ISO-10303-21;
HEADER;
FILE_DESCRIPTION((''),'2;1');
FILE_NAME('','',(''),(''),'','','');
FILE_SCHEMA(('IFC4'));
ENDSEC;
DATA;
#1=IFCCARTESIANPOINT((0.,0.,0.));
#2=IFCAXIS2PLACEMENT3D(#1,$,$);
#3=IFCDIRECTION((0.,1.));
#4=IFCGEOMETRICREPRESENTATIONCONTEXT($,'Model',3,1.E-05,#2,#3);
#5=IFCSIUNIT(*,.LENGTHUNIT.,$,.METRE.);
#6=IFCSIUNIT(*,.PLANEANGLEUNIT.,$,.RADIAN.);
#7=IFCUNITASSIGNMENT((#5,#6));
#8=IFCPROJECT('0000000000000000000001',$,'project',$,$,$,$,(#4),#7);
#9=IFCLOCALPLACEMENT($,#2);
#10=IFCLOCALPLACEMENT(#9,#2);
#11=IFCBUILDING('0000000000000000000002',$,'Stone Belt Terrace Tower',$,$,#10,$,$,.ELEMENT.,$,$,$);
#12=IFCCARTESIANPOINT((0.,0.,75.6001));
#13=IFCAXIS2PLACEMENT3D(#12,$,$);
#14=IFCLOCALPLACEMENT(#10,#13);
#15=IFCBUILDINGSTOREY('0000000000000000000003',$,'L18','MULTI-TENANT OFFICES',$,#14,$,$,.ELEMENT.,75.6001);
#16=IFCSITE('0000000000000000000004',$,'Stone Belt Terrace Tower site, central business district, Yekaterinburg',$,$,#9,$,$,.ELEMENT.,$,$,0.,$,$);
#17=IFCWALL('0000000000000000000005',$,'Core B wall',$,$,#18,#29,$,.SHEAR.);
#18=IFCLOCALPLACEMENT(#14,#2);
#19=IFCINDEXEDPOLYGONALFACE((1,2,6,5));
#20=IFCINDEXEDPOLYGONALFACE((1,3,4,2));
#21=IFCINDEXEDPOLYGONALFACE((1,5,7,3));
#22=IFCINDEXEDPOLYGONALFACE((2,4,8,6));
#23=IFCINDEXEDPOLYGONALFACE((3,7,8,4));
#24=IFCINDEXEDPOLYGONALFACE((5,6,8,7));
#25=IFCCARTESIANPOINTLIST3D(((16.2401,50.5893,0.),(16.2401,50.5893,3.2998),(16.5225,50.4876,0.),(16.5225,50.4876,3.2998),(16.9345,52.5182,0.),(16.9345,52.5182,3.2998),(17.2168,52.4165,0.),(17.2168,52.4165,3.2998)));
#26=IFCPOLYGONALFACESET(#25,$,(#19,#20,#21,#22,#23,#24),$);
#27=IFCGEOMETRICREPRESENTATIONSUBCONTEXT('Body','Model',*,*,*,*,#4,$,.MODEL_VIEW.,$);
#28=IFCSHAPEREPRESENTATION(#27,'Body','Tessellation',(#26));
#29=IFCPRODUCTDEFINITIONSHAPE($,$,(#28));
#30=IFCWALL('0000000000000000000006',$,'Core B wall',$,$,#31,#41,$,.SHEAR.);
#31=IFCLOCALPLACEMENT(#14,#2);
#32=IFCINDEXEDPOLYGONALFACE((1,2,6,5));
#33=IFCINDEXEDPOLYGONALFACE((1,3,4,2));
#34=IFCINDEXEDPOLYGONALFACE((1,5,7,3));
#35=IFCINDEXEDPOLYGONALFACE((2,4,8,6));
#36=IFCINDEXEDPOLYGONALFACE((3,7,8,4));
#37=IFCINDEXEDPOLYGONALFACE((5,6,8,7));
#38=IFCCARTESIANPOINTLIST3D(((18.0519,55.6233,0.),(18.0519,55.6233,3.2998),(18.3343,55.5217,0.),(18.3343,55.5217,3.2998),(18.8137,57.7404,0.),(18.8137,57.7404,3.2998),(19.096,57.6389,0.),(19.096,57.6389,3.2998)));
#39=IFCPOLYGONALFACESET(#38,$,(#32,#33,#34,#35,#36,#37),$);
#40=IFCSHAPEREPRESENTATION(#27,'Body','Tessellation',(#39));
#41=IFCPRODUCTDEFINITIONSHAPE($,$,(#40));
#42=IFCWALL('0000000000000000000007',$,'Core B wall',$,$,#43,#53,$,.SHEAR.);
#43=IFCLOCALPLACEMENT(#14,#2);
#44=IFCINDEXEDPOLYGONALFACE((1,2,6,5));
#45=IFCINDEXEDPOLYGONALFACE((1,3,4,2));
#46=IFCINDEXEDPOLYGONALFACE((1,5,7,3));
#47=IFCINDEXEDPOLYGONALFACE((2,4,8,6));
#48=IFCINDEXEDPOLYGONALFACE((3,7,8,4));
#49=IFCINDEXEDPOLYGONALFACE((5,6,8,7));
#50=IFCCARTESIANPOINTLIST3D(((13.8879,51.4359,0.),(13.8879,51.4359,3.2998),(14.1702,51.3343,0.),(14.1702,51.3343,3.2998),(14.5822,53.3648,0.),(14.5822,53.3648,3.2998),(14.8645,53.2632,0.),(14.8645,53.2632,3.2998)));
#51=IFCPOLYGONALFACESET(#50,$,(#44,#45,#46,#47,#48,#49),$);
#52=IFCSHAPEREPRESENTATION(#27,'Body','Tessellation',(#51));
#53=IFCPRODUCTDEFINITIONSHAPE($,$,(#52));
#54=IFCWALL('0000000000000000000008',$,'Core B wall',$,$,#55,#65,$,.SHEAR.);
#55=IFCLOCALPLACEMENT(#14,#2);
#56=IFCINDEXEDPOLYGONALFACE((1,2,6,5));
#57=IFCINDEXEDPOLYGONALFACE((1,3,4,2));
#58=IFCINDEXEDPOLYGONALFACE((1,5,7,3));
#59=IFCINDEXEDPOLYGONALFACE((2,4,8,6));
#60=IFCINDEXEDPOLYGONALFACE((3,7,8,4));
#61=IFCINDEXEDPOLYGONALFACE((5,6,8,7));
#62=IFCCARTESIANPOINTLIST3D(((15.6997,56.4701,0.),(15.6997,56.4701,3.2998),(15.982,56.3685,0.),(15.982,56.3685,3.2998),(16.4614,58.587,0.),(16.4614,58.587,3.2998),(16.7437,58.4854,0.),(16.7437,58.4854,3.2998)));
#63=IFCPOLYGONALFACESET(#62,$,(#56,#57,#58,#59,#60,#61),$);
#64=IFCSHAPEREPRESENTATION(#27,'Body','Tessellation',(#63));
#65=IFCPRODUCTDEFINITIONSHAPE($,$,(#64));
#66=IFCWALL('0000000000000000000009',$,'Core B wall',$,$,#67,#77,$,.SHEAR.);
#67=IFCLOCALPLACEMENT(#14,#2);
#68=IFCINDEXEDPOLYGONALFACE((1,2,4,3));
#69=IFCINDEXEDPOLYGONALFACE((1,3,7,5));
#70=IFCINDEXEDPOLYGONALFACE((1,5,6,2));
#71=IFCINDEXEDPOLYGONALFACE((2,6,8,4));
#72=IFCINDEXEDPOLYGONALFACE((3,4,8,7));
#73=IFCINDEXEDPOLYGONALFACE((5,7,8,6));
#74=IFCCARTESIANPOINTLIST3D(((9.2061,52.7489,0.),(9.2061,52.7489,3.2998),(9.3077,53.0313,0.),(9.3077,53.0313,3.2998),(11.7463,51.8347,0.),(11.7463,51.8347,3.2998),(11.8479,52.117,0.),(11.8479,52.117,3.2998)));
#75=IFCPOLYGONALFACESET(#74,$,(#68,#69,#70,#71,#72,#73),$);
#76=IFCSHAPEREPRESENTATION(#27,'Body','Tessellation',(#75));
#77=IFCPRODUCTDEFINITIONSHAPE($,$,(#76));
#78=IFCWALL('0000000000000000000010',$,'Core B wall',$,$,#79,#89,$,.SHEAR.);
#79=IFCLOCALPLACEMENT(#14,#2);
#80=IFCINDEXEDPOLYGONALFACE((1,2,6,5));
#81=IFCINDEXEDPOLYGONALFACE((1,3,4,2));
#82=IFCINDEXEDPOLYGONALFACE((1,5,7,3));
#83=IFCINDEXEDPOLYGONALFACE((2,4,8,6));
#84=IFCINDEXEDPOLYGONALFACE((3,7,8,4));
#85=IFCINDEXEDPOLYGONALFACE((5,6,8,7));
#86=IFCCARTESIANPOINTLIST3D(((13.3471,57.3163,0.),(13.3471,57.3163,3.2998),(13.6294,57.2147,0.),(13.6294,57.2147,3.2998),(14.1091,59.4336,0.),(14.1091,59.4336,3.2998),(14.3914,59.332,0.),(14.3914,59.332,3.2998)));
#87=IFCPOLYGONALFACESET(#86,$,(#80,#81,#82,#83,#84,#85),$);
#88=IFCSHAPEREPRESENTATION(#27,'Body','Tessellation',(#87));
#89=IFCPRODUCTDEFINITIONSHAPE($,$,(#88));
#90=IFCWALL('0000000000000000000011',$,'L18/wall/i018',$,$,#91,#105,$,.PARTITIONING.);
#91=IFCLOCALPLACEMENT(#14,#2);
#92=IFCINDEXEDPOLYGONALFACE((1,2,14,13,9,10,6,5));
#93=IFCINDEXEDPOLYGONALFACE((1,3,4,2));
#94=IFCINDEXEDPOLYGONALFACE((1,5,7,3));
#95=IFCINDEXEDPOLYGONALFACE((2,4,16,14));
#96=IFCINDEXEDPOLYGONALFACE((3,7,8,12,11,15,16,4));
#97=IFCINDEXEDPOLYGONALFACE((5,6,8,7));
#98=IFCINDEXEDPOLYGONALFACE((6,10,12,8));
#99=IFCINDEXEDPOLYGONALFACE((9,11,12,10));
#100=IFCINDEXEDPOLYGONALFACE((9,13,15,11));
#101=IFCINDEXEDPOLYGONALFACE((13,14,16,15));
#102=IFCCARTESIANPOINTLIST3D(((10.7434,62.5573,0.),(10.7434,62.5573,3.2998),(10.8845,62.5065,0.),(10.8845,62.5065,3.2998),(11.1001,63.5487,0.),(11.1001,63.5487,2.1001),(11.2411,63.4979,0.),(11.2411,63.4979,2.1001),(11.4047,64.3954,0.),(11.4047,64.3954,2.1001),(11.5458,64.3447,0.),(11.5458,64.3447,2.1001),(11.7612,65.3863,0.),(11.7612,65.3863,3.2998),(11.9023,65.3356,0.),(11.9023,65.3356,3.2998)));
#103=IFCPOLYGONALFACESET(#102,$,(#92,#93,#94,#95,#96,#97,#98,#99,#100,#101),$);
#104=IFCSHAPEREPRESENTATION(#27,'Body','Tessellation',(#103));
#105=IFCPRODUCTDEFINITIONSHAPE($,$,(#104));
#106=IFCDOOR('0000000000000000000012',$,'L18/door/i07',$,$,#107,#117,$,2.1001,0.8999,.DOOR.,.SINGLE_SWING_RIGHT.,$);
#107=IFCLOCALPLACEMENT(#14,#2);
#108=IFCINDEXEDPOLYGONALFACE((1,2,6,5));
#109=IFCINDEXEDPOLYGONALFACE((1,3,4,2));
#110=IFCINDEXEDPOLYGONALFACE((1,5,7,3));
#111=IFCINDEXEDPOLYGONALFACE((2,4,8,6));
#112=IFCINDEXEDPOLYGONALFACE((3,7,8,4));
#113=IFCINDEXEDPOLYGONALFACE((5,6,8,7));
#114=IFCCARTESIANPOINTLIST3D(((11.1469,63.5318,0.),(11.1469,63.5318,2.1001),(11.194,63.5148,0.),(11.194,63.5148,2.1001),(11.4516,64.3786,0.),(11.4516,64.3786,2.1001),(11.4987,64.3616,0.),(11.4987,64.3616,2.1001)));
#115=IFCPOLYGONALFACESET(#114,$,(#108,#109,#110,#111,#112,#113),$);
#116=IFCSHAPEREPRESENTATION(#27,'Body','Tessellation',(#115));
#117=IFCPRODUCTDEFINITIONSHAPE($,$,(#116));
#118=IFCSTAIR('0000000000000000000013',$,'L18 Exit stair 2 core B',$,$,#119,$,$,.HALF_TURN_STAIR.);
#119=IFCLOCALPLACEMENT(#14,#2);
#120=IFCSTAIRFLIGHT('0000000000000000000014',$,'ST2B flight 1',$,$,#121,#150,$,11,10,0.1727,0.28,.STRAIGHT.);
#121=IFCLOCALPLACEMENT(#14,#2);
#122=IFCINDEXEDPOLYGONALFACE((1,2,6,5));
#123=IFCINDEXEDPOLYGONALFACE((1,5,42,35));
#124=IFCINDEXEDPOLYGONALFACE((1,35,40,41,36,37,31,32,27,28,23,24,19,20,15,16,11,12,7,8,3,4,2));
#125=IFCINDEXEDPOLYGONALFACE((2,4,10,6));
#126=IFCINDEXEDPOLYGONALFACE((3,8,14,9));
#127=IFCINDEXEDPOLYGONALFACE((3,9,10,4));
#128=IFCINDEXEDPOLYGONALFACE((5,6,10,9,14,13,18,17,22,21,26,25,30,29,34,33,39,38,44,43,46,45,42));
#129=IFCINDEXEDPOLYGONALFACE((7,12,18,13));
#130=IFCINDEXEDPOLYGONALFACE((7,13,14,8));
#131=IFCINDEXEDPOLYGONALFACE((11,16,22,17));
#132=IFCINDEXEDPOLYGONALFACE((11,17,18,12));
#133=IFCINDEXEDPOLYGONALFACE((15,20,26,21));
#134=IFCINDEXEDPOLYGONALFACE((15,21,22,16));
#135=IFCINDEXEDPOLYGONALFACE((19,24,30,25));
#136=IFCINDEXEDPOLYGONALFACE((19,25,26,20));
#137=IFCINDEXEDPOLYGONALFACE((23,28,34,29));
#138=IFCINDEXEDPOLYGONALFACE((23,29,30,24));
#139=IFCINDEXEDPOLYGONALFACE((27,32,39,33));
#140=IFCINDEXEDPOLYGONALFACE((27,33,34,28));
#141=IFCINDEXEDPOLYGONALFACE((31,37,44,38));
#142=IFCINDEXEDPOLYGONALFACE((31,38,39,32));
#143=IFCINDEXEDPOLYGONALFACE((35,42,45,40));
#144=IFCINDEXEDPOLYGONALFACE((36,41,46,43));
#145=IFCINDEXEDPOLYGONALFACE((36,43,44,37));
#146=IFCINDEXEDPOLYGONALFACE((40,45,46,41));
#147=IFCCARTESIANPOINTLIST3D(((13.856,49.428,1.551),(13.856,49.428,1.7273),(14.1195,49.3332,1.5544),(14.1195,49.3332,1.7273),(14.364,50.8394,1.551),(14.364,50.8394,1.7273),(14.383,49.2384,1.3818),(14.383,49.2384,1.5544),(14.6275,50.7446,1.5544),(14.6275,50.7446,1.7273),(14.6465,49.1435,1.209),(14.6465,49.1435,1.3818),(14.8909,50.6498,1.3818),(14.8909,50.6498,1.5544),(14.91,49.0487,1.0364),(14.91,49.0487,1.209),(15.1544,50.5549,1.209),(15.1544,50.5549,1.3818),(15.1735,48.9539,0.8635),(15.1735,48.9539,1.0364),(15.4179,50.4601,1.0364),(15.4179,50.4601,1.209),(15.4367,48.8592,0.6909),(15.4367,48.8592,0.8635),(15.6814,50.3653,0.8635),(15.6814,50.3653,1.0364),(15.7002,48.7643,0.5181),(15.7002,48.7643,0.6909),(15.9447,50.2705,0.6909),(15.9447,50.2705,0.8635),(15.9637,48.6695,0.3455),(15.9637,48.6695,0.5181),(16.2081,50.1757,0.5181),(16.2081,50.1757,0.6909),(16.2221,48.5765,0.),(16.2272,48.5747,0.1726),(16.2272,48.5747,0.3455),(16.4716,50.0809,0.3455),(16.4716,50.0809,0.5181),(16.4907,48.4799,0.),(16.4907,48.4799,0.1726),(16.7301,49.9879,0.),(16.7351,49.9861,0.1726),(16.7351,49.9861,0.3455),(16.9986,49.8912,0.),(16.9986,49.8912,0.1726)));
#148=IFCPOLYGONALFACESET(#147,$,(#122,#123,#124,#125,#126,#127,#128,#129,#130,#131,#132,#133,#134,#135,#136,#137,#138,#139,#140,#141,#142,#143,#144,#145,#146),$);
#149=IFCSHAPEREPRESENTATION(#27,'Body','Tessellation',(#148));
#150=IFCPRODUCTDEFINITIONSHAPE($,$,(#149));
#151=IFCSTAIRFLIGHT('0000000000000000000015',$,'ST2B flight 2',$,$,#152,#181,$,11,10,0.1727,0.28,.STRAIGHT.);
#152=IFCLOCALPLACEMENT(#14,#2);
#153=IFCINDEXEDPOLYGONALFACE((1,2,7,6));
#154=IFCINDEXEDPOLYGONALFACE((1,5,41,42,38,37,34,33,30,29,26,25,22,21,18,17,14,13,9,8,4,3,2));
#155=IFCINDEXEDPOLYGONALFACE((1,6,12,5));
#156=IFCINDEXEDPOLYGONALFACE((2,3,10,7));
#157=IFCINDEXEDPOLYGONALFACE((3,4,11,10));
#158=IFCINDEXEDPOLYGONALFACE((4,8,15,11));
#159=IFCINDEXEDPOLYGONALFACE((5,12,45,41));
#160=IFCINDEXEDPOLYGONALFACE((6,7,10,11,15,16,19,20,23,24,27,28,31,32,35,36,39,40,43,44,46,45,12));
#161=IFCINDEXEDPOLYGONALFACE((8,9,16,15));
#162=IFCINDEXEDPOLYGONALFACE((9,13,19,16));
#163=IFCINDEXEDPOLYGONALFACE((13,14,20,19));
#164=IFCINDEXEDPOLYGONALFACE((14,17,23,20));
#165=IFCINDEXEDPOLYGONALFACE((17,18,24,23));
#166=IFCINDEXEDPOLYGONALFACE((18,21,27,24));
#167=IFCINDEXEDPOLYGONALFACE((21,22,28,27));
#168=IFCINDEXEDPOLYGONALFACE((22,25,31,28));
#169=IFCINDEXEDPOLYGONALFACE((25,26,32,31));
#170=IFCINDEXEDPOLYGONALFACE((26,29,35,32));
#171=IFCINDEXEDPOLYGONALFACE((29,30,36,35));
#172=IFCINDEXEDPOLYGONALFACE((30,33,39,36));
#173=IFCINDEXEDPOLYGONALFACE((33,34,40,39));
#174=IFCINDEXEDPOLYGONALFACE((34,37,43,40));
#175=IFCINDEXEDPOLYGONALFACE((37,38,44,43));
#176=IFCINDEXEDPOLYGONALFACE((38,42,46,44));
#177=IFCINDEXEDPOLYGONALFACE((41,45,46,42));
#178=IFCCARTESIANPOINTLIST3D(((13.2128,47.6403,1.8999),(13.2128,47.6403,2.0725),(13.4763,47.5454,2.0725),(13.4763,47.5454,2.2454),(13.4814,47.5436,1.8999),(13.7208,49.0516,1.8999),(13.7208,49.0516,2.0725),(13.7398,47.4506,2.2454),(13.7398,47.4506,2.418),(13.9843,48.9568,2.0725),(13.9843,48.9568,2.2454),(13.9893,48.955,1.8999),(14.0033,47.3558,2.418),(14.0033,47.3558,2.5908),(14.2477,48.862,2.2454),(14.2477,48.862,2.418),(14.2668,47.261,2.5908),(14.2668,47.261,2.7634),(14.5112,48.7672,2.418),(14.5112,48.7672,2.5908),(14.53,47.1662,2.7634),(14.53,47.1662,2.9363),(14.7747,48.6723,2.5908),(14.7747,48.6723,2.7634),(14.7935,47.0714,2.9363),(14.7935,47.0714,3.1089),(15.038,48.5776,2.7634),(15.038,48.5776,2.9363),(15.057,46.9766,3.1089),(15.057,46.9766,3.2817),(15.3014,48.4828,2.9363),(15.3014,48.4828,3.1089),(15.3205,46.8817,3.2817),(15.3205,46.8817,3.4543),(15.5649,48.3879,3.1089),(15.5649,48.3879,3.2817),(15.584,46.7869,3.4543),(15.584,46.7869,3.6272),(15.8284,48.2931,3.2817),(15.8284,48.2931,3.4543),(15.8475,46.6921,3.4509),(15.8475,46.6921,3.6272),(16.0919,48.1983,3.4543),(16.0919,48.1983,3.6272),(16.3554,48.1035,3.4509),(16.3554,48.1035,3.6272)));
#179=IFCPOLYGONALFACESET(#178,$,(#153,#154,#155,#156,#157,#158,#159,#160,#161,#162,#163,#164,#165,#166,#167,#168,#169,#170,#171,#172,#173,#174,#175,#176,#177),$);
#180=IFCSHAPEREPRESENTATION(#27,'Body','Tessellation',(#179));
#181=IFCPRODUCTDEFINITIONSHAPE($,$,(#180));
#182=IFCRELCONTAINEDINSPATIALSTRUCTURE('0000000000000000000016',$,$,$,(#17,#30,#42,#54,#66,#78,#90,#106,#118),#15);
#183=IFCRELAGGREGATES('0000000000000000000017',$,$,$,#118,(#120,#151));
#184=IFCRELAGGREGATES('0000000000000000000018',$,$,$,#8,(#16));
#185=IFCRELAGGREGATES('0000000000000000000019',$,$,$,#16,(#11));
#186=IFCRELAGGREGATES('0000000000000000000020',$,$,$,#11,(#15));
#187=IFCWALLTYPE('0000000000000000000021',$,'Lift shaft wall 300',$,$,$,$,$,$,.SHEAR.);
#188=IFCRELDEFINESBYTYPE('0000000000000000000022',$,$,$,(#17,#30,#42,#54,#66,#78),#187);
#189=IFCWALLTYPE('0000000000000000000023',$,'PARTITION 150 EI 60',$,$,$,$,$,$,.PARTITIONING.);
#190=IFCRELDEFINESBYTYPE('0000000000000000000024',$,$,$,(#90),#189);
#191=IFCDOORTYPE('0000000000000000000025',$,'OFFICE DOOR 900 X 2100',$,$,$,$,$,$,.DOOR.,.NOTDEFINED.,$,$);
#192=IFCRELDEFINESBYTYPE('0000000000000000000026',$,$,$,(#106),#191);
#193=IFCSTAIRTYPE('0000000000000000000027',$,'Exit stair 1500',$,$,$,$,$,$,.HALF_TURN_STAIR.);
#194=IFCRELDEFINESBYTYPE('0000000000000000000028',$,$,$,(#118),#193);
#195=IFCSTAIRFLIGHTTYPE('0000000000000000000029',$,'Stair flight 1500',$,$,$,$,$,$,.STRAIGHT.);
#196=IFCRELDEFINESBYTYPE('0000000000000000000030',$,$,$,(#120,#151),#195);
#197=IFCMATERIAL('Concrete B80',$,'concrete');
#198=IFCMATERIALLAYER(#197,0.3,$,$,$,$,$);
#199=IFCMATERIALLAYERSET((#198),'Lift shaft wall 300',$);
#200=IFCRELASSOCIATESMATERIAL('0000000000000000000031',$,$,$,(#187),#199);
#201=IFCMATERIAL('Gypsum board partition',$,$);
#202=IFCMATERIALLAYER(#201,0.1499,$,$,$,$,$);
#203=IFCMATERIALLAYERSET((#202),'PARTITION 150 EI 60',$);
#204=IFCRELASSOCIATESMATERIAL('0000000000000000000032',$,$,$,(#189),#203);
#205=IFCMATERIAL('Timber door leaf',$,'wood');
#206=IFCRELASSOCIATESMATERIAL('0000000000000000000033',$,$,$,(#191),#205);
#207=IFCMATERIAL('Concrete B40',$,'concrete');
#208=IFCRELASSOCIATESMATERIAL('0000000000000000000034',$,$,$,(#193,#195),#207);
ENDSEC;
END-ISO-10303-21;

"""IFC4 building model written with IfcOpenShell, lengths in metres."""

from ifc_helpers import new_model, si_unit, direction, frame, frame_2d, origin, place, context, subcontext, project, spatial, polyline, rectangle, outline, extrude, material, layer, layer_set, type_object, element, fill, aggregate, save


model = new_model("IFC4")

# Units and contexts
model_context = context("Model", 3, precision=1e-05, world=origin(), true_north=direction((0.0, 1.0)))
body_context = subcontext(model_context, "Body", "Model", "MODEL_VIEW")
ifc_project = project(units=[si_unit("LENGTHUNIT", "METRE"), si_unit("PLANEANGLEUNIT", "RADIAN")], contexts=[model_context])

# Site, building, storey
site_placement = place(None, origin())
site = spatial("IfcSite", under=ifc_project, at=site_placement, Name="Stone Belt Terrace Tower site, central business district, Yekaterinburg", CompositionType="ELEMENT", RefElevation=0.0)
building_placement = place(site_placement, origin())
building = spatial("IfcBuilding", under=site, at=building_placement, Name="Stone Belt Terrace Tower", CompositionType="ELEMENT")
storey_placement = place(building_placement, frame((0.0, 0.0, 75.6001)))
storey = spatial("IfcBuildingStorey", under=building, at=storey_placement, Name="L18", Description="MULTI-TENANT OFFICES", CompositionType="ELEMENT", Elevation=75.6001)

# Shared definitions
ifc_material_1 = material(Name="Concrete B80", Category="concrete")

# Walls
ifc_layer_1 = layer(ifc_material_1, 0.3)
ifc_layer_set_1 = layer_set([ifc_layer_1], Name="Lift shaft wall 300")
wall_type_1 = type_object("IfcWallType", Name="Lift shaft wall 300", PredefinedType="SHEAR", material=ifc_layer_set_1)
wall_1_placement = place(storey_placement, frame((16.3813, 50.5386, 0.0), z_axis=(0.0, 0.0, 1.0), x_axis=(0.338682, 0.940901, 0.0)))
element("IfcWall", 1, at=wall_1_placement, inside=storey, type_object=wall_type_1, Name="Core B wall", PredefinedType="SHEAR", context=body_context, shape_type="SweptSolid", body=[
    extrude(rectangle(XDim=2.05, YDim=0.3, at=frame_2d((1.0249, 0.0))), origin(), (0.0, 0.0, 1.0), 3.2998),
])
wall_2_placement = place(storey_placement, frame((18.1931, 55.5725, 0.0), z_axis=(0.0, 0.0, 1.0), x_axis=(0.338535, 0.940954, 0.0)))
element("IfcWall", 2, at=wall_2_placement, inside=storey, type_object=wall_type_1, Name="Core B wall", PredefinedType="SHEAR", context=body_context, shape_type="SweptSolid", body=[
    extrude(rectangle(XDim=2.25, YDim=0.3, at=frame_2d((1.125, 0.0))), origin(), (0.0, 0.0, 1.0), 3.2998),
])
wall_3_placement = place(storey_placement, frame((14.0291, 51.3853, 0.0), z_axis=(0.0, 0.0, 1.0), x_axis=(0.338682, 0.940901, 0.0)))
element("IfcWall", 3, at=wall_3_placement, inside=storey, type_object=wall_type_1, Name="Core B wall", PredefinedType="SHEAR", context=body_context, shape_type="SweptSolid", body=[
    extrude(rectangle(XDim=2.05, YDim=0.3, at=frame_2d((1.0249, 0.0))), origin(), (0.0, 0.0, 1.0), 3.2998),
])
wall_4_placement = place(storey_placement, frame((15.8408, 56.4192, 0.0), z_axis=(0.0, 0.0, 1.0), x_axis=(0.33857, 0.940941, 0.0)))
element("IfcWall", 4, at=wall_4_placement, inside=storey, type_object=wall_type_1, Name="Core B wall", PredefinedType="SHEAR", context=body_context, shape_type="SweptSolid", body=[
    extrude(rectangle(XDim=2.2498, YDim=0.3, at=frame_2d((1.125, 0.0))), origin(), (0.0, 0.0, 1.0), 3.2998),
])
wall_5_placement = place(storey_placement, frame((11.7971, 51.9758, 0.0), z_axis=(0.0, 0.0, 1.0), x_axis=(-0.94091, 0.338655, 0.0)))
element("IfcWall", 5, at=wall_5_placement, inside=storey, type_object=wall_type_1, Name="Core B wall", PredefinedType="SHEAR", context=body_context, shape_type="SweptSolid", body=[
    extrude(rectangle(XDim=2.6997, YDim=0.3, at=frame_2d((1.3499, 0.0))), origin(), (0.0, 0.0, 1.0), 3.2998),
])
wall_6_placement = place(storey_placement, frame((13.4883, 57.2656, 0.0), z_axis=(0.0, 0.0, 1.0), x_axis=(0.338631, 0.940919, 0.0)))
element("IfcWall", 6, at=wall_6_placement, inside=storey, type_object=wall_type_1, Name="Core B wall", PredefinedType="SHEAR", context=body_context, shape_type="SweptSolid", body=[
    extrude(rectangle(XDim=2.2502, YDim=0.3, at=frame_2d((1.125, 0.0))), origin(), (0.0, 0.0, 1.0), 3.2998),
])

# Wall, opening, door
ifc_material_2 = material(Name="Gypsum board partition")
ifc_layer_2 = layer(ifc_material_2, 0.1499)
ifc_layer_set_2 = layer_set([ifc_layer_2], Name="PARTITION 150 EI 60")
wall_type_2 = type_object("IfcWallType", Name="PARTITION 150 EI 60", PredefinedType="PARTITIONING", material=ifc_layer_set_2)
wall_7_placement = place(storey_placement, frame((11.8318, 65.3611, 0.0), z_axis=(0.0, 0.0, 1.0), x_axis=(-0.338527, -0.940957, 0.0)))
wall_7 = element("IfcWall", 7, at=wall_7_placement, inside=storey, type_object=wall_type_2, Name="L18/wall/i018", PredefinedType="PARTITIONING", context=body_context, shape_type="SweptSolid", body=[
    extrude(rectangle(XDim=3.0066, YDim=0.1499, at=frame_2d((1.5034, 0.0))), origin(), (0.0, 0.0, 1.0), 3.2998),
])
opening_placement = place(wall_7_placement, frame((1.0532, 0.0, 0.0)))
opening = element("IfcOpeningElement", 8, at=opening_placement, cuts=wall_7, PredefinedType="OPENING", context=body_context, shape_type="SweptSolid", body=[
    extrude(rectangle(XDim=0.8999, YDim=2.1001, at=frame_2d((0.45, 1.05))), frame((0.0, 0.085, 0.0), z_axis=(0.0, -1.0, 0.0), x_axis=(1.0, 0.0, 0.0)), (0.0, 0.0, 1.0), 0.1699),
])
ifc_material_3 = material(Name="Timber door leaf", Category="wood")
door_type = type_object("IfcDoorType", Name="OFFICE DOOR 900 X 2100", OperationType="NOTDEFINED", PredefinedType="DOOR", material=ifc_material_3)
door_placement = place(opening_placement, origin())
door = element("IfcDoor", 9, at=door_placement, inside=storey, type_object=door_type, Name="L18/door/i07", OperationType="SINGLE_SWING_RIGHT", OverallHeight=2.1001, OverallWidth=0.8999, PredefinedType="DOOR", context=body_context, shape_type="SweptSolid", body=[
    extrude(rectangle(XDim=0.8999, YDim=2.1001, at=frame_2d((0.45, 1.05))), frame((0.0, 0.0249, 0.0), z_axis=(0.0, -1.0, 0.0), x_axis=(1.0, 0.0, 0.0)), (0.0, 0.0, 1.0), 0.05),
])
fill(opening, door)

# Stair, stair flights
ifc_material_4 = material(Name="Concrete B40", Category="concrete")
stair_type = type_object("IfcStairType", Name="Exit stair 1500", PredefinedType="HALF_TURN_STAIR", material=ifc_material_4)
stair_placement = place(storey_placement, origin())
stair = element("IfcStair", 10, at=stair_placement, inside=storey, type_object=stair_type, Name="L18 Exit stair 2 core B", PredefinedType="HALF_TURN_STAIR")
stair_flight_type = type_object("IfcStairFlightType", Name="Stair flight 1500", PredefinedType="STRAIGHT", material=ifc_material_4)
stair_flight_1_placement = place(storey_placement, frame((16.7446, 49.1855, 0.0), z_axis=(0.0, 0.0, 1.0), x_axis=(-0.940922, 0.338624, 0.0)))
stair_flight_1 = element("IfcStairFlight", 11, at=stair_flight_1_placement, type_object=stair_flight_type, Name="ST2B flight 1", NumberOfRisers=11, NumberOfTreads=10, PredefinedType="STRAIGHT", RiserHeight=0.1727, TreadLength=0.28, context=body_context, shape_type="SweptSolid", body=[
    extrude(outline(polyline([(0.0, 0.0), (0.0, 0.1726), (0.28, 0.1726), (0.28, 0.3455), (0.5601, 0.3455), (0.5601, 0.5181), (0.8401, 0.5181), (0.8401, 0.6909), (1.1201, 0.6909), (1.1201, 0.8635), (1.3999, 0.8635), (1.3999, 1.0364), (1.6799, 1.0364), (1.6799, 1.209), (1.96, 1.209), (1.96, 1.3818), (2.24, 1.3818), (2.24, 1.5544), (2.52, 1.5544), (2.52, 1.7273), (2.8, 1.7273), (2.8, 1.8999), (2.8, 1.551), (0.2854, 0.0), (0.0, 0.0)])), frame((0.0, 0.75, 0.0), z_axis=(0.0, -1.0, 0.0), x_axis=(1.0, 0.0, 0.0)), (0.0, 0.0, 1.0), 1.5),
])
stair_flight_2_placement = place(storey_placement, frame((13.4668, 48.3459, 1.8999), z_axis=(0.0, 0.0, 1.0), x_axis=(0.940922, -0.338624, 0.0)))
stair_flight_2 = element("IfcStairFlight", 12, at=stair_flight_2_placement, type_object=stair_flight_type, Name="ST2B flight 2", NumberOfRisers=11, NumberOfTreads=10, PredefinedType="STRAIGHT", RiserHeight=0.1727, TreadLength=0.28, context=body_context, shape_type="SweptSolid", body=[
    extrude(outline(polyline([(0.0, 0.0), (0.0, 0.1726), (0.28, 0.1726), (0.28, 0.3455), (0.5601, 0.3455), (0.5601, 0.5181), (0.8401, 0.5181), (0.8401, 0.6909), (1.1201, 0.6909), (1.1201, 0.8635), (1.3999, 0.8635), (1.3999, 1.0364), (1.6799, 1.0364), (1.6799, 1.209), (1.96, 1.209), (1.96, 1.3818), (2.24, 1.3818), (2.24, 1.5544), (2.52, 1.5544), (2.52, 1.7273), (2.8, 1.7273), (2.8, 1.8999), (2.8, 1.551), (0.2854, 0.0), (0.0, 0.0)])), frame((0.0, 0.75, 0.0), z_axis=(0.0, -1.0, 0.0), x_axis=(1.0, 0.0, 0.0)), (0.0, 0.0, 1.0), 1.5),
])
aggregate(stair, [stair_flight_1, stair_flight_2])

save(model, "model.ifc")
